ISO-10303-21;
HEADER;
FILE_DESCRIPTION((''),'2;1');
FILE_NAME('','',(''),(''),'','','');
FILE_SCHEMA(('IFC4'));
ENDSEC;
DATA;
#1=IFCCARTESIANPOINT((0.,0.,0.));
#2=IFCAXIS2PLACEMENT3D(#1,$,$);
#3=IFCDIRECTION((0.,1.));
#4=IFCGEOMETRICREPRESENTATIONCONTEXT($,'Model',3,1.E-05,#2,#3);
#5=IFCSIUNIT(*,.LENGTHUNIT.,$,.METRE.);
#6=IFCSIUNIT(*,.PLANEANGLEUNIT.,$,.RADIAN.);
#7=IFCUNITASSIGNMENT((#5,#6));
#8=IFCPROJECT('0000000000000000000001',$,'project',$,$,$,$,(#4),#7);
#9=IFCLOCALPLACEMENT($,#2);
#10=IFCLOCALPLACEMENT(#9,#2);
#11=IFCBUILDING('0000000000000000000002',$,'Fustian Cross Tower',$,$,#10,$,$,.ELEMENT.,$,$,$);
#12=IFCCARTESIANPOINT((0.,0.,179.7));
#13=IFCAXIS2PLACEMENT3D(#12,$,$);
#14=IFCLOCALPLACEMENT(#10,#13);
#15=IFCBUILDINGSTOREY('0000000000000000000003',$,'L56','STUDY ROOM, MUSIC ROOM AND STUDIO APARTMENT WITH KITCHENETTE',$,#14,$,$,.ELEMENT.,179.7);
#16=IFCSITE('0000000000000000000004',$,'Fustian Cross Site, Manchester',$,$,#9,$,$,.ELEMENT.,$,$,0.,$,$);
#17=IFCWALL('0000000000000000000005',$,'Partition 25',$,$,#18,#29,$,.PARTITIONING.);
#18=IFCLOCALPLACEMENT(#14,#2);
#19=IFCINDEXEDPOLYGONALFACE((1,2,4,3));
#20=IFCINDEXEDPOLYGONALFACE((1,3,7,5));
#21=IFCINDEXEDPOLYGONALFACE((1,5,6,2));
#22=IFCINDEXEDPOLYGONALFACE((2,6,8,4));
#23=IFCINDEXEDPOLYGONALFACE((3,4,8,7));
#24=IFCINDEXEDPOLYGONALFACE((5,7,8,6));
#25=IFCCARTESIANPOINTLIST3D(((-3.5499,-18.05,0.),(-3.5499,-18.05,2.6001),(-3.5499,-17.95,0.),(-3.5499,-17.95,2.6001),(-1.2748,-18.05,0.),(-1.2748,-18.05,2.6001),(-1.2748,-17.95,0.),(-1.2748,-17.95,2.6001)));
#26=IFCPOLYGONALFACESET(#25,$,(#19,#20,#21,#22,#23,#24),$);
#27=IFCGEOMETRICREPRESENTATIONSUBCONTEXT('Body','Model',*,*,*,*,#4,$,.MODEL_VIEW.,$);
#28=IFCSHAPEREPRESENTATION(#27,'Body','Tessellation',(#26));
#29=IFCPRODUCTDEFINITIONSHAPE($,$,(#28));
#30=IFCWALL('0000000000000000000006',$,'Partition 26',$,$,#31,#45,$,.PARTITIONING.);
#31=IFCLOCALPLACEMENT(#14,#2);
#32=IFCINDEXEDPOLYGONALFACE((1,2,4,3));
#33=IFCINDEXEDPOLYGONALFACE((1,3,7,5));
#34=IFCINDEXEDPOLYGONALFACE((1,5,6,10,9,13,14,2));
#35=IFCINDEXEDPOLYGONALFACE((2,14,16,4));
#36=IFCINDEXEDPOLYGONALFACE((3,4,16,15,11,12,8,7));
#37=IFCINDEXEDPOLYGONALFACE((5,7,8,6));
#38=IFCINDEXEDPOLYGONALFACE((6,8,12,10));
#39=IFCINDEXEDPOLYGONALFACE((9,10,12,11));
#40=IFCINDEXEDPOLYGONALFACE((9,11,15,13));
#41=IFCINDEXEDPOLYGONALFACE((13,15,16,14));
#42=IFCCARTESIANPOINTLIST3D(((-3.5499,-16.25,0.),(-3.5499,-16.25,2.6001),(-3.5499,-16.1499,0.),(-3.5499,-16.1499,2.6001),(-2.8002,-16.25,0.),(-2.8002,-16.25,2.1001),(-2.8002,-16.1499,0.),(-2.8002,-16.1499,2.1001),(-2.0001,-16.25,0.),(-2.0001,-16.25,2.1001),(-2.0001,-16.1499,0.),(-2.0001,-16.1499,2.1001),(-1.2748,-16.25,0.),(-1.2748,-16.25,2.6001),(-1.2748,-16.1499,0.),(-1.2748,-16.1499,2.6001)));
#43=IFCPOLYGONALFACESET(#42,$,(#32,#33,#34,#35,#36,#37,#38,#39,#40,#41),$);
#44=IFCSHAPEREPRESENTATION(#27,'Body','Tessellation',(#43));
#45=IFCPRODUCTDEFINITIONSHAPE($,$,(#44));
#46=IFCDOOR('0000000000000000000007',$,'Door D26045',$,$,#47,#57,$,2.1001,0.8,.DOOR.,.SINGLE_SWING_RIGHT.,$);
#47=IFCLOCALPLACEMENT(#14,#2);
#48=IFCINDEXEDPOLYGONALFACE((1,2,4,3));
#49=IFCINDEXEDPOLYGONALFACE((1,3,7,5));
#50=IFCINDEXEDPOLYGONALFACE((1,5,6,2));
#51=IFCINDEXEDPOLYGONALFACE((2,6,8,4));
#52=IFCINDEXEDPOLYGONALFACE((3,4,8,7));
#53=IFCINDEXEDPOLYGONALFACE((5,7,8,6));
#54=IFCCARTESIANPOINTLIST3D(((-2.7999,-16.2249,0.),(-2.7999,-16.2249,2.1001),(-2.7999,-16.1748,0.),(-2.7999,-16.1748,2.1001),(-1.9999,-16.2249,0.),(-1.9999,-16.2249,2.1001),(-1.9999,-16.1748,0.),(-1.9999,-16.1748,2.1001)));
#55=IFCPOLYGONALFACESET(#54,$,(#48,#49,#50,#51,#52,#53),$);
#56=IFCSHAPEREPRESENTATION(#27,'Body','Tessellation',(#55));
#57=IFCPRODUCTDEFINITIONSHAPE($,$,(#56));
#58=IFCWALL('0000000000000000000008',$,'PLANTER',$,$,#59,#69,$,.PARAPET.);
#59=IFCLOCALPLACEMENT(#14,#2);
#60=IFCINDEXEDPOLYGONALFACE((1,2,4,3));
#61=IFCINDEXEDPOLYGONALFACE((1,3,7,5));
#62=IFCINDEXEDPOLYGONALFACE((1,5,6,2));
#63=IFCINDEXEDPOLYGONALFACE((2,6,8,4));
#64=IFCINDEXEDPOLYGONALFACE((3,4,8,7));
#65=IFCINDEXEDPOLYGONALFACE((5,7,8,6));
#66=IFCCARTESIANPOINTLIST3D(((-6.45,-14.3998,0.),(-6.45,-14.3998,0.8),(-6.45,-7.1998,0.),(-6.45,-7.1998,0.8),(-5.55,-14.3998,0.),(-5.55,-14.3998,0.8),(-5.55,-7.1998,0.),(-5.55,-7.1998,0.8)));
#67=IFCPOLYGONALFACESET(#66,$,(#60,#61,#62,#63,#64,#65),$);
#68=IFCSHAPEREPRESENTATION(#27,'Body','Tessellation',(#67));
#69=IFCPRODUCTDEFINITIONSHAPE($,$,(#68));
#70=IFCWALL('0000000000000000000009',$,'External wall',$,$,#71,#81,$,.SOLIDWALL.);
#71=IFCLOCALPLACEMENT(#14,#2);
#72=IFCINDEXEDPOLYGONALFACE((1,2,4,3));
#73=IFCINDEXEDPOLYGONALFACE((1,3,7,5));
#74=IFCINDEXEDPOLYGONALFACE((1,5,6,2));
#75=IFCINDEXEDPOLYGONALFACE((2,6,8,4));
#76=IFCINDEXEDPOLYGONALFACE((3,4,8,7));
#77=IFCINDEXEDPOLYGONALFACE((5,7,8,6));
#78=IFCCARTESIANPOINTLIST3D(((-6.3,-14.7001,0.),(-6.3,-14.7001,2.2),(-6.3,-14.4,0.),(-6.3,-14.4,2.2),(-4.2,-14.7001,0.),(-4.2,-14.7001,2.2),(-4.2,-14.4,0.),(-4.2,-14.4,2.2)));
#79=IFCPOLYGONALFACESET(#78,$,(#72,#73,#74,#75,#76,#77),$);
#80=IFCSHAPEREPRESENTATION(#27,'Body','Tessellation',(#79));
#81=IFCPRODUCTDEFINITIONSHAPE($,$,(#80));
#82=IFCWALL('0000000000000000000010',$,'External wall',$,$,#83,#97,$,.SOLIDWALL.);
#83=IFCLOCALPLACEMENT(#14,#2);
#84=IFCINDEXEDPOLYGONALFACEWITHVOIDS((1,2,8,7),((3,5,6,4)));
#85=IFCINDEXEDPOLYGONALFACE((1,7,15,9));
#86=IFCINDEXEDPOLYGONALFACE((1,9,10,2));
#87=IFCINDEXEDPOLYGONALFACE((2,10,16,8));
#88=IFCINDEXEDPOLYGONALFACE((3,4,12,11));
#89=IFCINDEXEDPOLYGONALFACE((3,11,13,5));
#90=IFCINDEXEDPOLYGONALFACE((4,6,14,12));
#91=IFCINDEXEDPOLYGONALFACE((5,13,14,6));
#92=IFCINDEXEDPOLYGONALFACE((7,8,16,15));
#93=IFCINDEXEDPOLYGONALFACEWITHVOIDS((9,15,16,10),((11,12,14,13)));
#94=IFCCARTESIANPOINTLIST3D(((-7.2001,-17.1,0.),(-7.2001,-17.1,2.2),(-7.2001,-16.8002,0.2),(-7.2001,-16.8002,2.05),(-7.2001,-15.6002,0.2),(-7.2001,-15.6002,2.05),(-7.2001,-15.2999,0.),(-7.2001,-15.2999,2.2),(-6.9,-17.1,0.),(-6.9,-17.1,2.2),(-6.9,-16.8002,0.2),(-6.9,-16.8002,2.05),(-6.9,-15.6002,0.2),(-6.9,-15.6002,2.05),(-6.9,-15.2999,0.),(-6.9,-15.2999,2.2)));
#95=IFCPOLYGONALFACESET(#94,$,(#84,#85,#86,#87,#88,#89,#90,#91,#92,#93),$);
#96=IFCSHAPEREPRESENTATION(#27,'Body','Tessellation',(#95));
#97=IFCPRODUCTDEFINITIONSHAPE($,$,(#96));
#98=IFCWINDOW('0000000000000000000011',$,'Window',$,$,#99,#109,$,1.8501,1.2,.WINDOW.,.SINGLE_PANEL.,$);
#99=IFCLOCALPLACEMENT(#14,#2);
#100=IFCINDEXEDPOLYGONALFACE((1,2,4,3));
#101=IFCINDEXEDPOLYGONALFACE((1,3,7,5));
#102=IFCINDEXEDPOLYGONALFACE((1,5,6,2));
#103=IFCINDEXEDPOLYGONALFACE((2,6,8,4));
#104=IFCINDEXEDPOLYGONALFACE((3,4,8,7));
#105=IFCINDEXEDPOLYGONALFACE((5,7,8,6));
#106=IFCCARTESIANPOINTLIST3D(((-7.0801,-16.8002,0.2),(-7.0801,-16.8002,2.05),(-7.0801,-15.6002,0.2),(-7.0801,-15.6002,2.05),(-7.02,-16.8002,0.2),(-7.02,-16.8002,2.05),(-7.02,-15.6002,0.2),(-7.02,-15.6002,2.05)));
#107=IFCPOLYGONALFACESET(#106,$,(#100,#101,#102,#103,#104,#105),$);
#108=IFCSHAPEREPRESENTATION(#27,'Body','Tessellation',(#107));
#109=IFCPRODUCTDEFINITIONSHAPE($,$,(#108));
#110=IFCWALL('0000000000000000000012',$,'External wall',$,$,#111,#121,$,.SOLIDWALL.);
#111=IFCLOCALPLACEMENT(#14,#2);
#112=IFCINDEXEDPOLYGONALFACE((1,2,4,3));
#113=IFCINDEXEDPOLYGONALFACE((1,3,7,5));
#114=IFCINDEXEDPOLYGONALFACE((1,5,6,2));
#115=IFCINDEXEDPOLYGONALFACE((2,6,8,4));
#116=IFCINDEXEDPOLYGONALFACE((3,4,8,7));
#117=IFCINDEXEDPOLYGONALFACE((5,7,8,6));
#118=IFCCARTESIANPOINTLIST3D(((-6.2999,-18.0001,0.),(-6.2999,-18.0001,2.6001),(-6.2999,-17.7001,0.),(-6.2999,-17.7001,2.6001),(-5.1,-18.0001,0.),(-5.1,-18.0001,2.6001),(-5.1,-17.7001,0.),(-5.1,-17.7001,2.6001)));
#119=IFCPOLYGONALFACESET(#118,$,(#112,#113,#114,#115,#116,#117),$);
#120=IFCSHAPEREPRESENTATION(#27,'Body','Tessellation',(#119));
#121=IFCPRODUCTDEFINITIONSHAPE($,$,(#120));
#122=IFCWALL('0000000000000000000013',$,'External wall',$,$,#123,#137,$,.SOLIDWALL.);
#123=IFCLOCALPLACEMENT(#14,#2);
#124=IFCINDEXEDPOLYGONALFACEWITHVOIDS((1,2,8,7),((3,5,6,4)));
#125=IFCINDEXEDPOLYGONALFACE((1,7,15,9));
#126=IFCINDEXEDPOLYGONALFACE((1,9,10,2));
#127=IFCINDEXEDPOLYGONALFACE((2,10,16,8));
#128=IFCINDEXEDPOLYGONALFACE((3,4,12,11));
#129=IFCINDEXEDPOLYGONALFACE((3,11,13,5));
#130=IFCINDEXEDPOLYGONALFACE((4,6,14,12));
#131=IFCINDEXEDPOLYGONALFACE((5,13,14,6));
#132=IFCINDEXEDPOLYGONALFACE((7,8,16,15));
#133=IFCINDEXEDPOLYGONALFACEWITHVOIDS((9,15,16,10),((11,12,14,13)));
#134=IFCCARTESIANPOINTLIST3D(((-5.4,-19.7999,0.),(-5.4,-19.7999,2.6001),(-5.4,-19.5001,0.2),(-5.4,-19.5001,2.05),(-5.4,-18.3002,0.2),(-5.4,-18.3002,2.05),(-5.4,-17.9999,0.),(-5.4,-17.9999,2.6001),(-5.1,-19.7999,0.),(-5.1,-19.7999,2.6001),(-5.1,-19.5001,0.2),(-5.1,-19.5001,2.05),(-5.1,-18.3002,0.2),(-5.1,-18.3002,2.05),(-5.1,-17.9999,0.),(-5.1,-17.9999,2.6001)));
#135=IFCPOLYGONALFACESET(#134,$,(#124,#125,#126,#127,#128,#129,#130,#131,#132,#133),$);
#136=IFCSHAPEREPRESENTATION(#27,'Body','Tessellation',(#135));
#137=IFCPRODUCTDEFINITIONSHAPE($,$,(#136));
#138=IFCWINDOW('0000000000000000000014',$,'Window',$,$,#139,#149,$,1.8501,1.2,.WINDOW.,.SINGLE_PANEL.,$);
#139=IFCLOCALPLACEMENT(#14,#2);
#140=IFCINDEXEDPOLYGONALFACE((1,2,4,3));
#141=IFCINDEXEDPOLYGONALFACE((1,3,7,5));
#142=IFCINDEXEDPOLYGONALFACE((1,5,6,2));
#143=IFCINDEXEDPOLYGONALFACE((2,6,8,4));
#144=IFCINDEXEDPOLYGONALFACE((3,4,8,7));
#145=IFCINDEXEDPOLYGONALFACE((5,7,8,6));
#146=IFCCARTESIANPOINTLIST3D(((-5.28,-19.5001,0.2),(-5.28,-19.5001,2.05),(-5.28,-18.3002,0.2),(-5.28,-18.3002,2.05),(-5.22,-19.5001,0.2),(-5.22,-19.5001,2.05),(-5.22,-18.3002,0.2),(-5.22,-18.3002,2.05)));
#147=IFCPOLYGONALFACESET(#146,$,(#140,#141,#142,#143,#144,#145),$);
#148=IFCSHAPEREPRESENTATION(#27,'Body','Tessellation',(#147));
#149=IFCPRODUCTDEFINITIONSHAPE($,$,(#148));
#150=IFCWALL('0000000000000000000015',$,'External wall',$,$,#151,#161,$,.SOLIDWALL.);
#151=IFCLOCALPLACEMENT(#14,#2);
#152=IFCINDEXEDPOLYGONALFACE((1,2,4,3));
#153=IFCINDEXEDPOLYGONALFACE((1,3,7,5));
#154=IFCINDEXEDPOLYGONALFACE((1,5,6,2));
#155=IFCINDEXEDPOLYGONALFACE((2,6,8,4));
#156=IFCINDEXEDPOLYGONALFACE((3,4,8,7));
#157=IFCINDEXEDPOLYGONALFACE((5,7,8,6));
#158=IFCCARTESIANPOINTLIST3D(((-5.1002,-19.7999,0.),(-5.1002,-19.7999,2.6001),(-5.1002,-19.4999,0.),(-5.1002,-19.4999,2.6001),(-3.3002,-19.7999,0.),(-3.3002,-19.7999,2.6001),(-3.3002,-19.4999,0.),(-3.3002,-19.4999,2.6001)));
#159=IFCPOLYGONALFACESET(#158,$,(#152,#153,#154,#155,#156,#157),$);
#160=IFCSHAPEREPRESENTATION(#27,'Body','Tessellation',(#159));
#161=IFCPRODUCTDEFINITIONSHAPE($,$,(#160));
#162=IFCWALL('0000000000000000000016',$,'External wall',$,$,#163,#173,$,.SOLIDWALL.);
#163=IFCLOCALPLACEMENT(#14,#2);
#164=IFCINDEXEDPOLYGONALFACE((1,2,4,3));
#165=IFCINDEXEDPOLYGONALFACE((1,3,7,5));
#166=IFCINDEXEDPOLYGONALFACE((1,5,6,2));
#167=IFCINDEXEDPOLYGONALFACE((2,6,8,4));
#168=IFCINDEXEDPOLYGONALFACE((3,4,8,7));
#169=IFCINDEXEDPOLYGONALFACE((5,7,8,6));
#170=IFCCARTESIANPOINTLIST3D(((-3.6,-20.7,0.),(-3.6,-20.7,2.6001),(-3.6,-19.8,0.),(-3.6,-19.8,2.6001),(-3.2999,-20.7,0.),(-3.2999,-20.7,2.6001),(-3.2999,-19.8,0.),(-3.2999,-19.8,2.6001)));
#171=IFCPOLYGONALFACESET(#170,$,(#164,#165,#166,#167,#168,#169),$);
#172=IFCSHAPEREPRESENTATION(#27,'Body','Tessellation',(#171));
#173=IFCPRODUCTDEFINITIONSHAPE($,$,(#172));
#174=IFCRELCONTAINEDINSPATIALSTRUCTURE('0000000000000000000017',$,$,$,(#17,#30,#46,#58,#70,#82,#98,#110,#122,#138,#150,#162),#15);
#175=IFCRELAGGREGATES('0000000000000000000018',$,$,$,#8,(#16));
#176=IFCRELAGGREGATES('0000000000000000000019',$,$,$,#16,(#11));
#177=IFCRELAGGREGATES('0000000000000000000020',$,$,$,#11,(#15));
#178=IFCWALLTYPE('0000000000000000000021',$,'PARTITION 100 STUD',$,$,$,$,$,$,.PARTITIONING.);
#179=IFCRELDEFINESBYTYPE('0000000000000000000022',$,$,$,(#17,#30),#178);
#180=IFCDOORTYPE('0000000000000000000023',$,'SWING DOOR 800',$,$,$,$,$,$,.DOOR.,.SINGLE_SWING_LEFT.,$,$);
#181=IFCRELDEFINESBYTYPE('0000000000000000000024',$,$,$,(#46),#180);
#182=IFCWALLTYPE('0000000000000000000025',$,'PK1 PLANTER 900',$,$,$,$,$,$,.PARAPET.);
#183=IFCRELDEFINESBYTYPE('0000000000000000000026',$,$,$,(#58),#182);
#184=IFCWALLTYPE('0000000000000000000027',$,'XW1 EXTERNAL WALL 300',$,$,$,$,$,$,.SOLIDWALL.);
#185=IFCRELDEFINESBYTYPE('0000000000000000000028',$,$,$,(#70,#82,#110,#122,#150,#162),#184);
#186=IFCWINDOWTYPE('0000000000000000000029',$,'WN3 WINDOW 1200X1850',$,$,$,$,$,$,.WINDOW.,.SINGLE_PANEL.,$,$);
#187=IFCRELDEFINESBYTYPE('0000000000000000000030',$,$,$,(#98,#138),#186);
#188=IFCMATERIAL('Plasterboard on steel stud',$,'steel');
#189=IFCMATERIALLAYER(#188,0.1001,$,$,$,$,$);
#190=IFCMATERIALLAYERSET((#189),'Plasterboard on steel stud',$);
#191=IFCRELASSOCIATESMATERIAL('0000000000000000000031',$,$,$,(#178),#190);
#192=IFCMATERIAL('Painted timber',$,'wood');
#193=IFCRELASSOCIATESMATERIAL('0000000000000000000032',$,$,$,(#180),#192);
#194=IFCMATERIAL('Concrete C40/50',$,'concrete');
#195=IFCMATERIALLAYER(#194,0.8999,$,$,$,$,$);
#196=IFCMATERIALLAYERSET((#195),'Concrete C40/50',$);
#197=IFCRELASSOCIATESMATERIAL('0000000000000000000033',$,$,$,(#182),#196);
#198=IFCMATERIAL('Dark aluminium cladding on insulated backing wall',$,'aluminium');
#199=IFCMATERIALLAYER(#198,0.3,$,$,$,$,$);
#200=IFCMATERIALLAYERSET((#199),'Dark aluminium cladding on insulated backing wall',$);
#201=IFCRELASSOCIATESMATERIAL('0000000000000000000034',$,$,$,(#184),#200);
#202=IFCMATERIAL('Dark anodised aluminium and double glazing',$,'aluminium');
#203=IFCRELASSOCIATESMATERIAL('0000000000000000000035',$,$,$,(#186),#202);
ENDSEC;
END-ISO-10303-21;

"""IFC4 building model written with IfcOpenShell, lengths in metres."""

from ifc_helpers import new_model, si_unit, direction, frame, frame_2d, origin, place, context, subcontext, project, spatial, rectangle, extrude, material, layer, layer_set, type_object, element, fill, save


model = new_model("IFC4")

# Units and contexts
model_context = context("Model", 3, precision=1e-05, world=origin(), true_north=direction((0.0, 1.0)))
body_context = subcontext(model_context, "Body", "Model", "MODEL_VIEW")
ifc_project = project(units=[si_unit("LENGTHUNIT", "METRE"), si_unit("PLANEANGLEUNIT", "RADIAN")], contexts=[model_context])

# Site, building, storey
site_placement = place(None, origin())
site = spatial("IfcSite", under=ifc_project, at=site_placement, Name="Fustian Cross Site, Manchester", CompositionType="ELEMENT", RefElevation=0.0)
building_placement = place(site_placement, origin())
building = spatial("IfcBuilding", under=site, at=building_placement, Name="Fustian Cross Tower", CompositionType="ELEMENT")
storey_placement = place(building_placement, frame((0.0, 0.0, 179.7)))
storey = spatial("IfcBuildingStorey", under=building, at=storey_placement, Name="L56", Description="STUDY ROOM, MUSIC ROOM AND STUDIO APARTMENT WITH KITCHENETTE", CompositionType="ELEMENT", Elevation=179.7)

# Wall
ifc_material_1 = material(Name="Plasterboard on steel stud", Category="steel")
ifc_layer_1 = layer(ifc_material_1, 0.1001)
ifc_layer_set_1 = layer_set([ifc_layer_1], Name="Plasterboard on steel stud")
wall_type_1 = type_object("IfcWallType", Name="PARTITION 100 STUD", PredefinedType="PARTITIONING", material=ifc_layer_set_1)
wall_1_placement = place(storey_placement, frame((-3.55, -18.0, 0.0), z_axis=(0.0, 0.0, 1.0), x_axis=(1.0, 0.0, 0.0)))
element("IfcWall", 1, at=wall_1_placement, inside=storey, type_object=wall_type_1, Name="Partition 25", PredefinedType="PARTITIONING", context=body_context, shape_type="SweptSolid", body=[
    extrude(rectangle(XDim=2.2751, YDim=0.1001, at=frame_2d((1.1377, 0.0))), origin(), (0.0, 0.0, 1.0), 2.6001),
])

# Wall, opening, door
wall_2_placement = place(storey_placement, frame((-3.55, -16.2, 0.0), z_axis=(0.0, 0.0, 1.0), x_axis=(1.0, 0.0, 0.0)))
wall_2 = element("IfcWall", 2, at=wall_2_placement, inside=storey, type_object=wall_type_1, Name="Partition 26", PredefinedType="PARTITIONING", context=body_context, shape_type="SweptSolid", body=[
    extrude(rectangle(XDim=2.2751, YDim=0.1001, at=frame_2d((1.1377, 0.0))), origin(), (0.0, 0.0, 1.0), 2.6001),
])
opening_1_placement = place(wall_2_placement, frame((0.75, 0.0, 0.0)))
opening_1 = element("IfcOpeningElement", 3, at=opening_1_placement, cuts=wall_2, PredefinedType="OPENING", context=body_context, shape_type="SweptSolid", body=[
    extrude(rectangle(XDim=0.8, YDim=2.1001, at=frame_2d((0.3999, 1.05))), frame((0.0, 0.0601, 0.0), z_axis=(0.0, -1.0, 0.0), x_axis=(1.0, 0.0, 0.0)), (0.0, 0.0, 1.0), 0.1201),
])
ifc_material_2 = material(Name="Painted timber", Category="wood")
door_type = type_object("IfcDoorType", Name="SWING DOOR 800", OperationType="SINGLE_SWING_LEFT", PredefinedType="DOOR", material=ifc_material_2)
door_placement = place(opening_1_placement, frame((0.8, 0.0, 0.0), z_axis=(0.0, 0.0, 1.0), x_axis=(-1.0, 0.0, 0.0)))
door = element("IfcDoor", 4, at=door_placement, inside=storey, type_object=door_type, Name="Door D26045", OperationType="SINGLE_SWING_RIGHT", OverallHeight=2.1001, OverallWidth=0.8, PredefinedType="DOOR", context=body_context, shape_type="SweptSolid", body=[
    extrude(rectangle(XDim=0.8, YDim=2.1001, at=frame_2d((0.3999, 1.05))), frame((0.0, 0.0249, 0.0), z_axis=(0.0, -1.0, 0.0), x_axis=(1.0, 0.0, 0.0)), (0.0, 0.0, 1.0), 0.05),
])
fill(opening_1, door)

# Walls
ifc_material_3 = material(Name="Concrete C40/50", Category="concrete")
ifc_layer_2 = layer(ifc_material_3, 0.8999)
ifc_layer_set_2 = layer_set([ifc_layer_2], Name="Concrete C40/50")
wall_type_2 = type_object("IfcWallType", Name="PK1 PLANTER 900", PredefinedType="PARAPET", material=ifc_layer_set_2)
wall_3_placement = place(storey_placement, frame((-6.0, -14.3999, 0.0), z_axis=(0.0, 0.0, 1.0), x_axis=(0.0, 1.0, 0.0)))
element("IfcWall", 5, at=wall_3_placement, inside=storey, type_object=wall_type_2, Name="PLANTER", PredefinedType="PARAPET", context=body_context, shape_type="SweptSolid", body=[
    extrude(rectangle(XDim=7.2, YDim=0.8999, at=frame_2d((3.6001, 0.0))), origin(), (0.0, 0.0, 1.0), 0.8),
])
ifc_material_4 = material(Name="Dark aluminium cladding on insulated backing wall", Category="aluminium")
ifc_layer_3 = layer(ifc_material_4, 0.3)
ifc_layer_set_3 = layer_set([ifc_layer_3], Name="Dark aluminium cladding on insulated backing wall")
wall_type_3 = type_object("IfcWallType", Name="XW1 EXTERNAL WALL 300", PredefinedType="SOLIDWALL", material=ifc_layer_set_3)
wall_4_placement = place(storey_placement, frame((-4.2, -14.55, 0.0), z_axis=(0.0, 0.0, 1.0), x_axis=(-1.0, 0.0, 0.0)))
element("IfcWall", 6, at=wall_4_placement, inside=storey, type_object=wall_type_3, Name="External wall", PredefinedType="SOLIDWALL", context=body_context, shape_type="SweptSolid", body=[
    extrude(rectangle(XDim=2.1001, YDim=0.3, at=frame_2d((1.05, 0.0))), origin(), (0.0, 0.0, 1.0), 2.2),
])

# Wall, opening, window
wall_5_placement = place(storey_placement, frame((-7.05, -15.3, 0.0), z_axis=(0.0, 0.0, 1.0), x_axis=(0.0, -1.0, 0.0)))
wall_5 = element("IfcWall", 7, at=wall_5_placement, inside=storey, type_object=wall_type_3, Name="External wall", PredefinedType="SOLIDWALL", context=body_context, shape_type="SweptSolid", body=[
    extrude(rectangle(XDim=1.8, YDim=0.3, at=frame_2d((0.8999, 0.0))), origin(), (0.0, 0.0, 1.0), 2.2),
])
opening_2_placement = place(wall_5_placement, frame((0.3, 0.0, 0.2)))
opening_2 = element("IfcOpeningElement", 8, at=opening_2_placement, cuts=wall_5, PredefinedType="OPENING", context=body_context, shape_type="SweptSolid", body=[
    extrude(rectangle(XDim=1.2, YDim=1.8501, at=frame_2d((0.6001, 0.925))), frame((0.0, 0.1599, 0.0), z_axis=(0.0, -1.0, 0.0), x_axis=(1.0, 0.0, 0.0)), (0.0, 0.0, 1.0), 0.3201),
])
ifc_material_5 = material(Name="Dark anodised aluminium and double glazing", Category="aluminium")
window_type = type_object("IfcWindowType", Name="WN3 WINDOW 1200X1850", PartitioningType="SINGLE_PANEL", PredefinedType="WINDOW", material=ifc_material_5)
window_1_placement = place(opening_2_placement, origin())
window_1 = element("IfcWindow", 9, at=window_1_placement, inside=storey, type_object=window_type, Name="Window", OverallHeight=1.8501, OverallWidth=1.2, PartitioningType="SINGLE_PANEL", PredefinedType="WINDOW", context=body_context, shape_type="SweptSolid", body=[
    extrude(rectangle(XDim=1.2, YDim=1.8501, at=frame_2d((0.6001, 0.925))), frame((0.0, 0.03, 0.0), z_axis=(0.0, -1.0, 0.0), x_axis=(1.0, 0.0, 0.0)), (0.0, 0.0, 1.0), 0.0601),
])
fill(opening_2, window_1)

# Wall
wall_6_placement = place(storey_placement, frame((-6.3, -17.8501, 0.0), z_axis=(0.0, 0.0, 1.0), x_axis=(1.0, 0.0, 0.0)))
element("IfcWall", 10, at=wall_6_placement, inside=storey, type_object=wall_type_3, Name="External wall", PredefinedType="SOLIDWALL", context=body_context, shape_type="SweptSolid", body=[
    extrude(rectangle(XDim=1.2, YDim=0.3, at=frame_2d((0.6001, 0.0))), origin(), (0.0, 0.0, 1.0), 2.6001),
])

# Wall, opening, window
wall_7_placement = place(storey_placement, frame((-5.25, -18.0, 0.0), z_axis=(0.0, 0.0, 1.0), x_axis=(0.0, -1.0, 0.0)))
wall_7 = element("IfcWall", 11, at=wall_7_placement, inside=storey, type_object=wall_type_3, Name="External wall", PredefinedType="SOLIDWALL", context=body_context, shape_type="SweptSolid", body=[
    extrude(rectangle(XDim=1.8, YDim=0.3, at=frame_2d((0.8999, 0.0))), origin(), (0.0, 0.0, 1.0), 2.6001),
])
opening_3_placement = place(wall_7_placement, frame((0.3, 0.0, 0.2)))
opening_3 = element("IfcOpeningElement", 12, at=opening_3_placement, cuts=wall_7, PredefinedType="OPENING", context=body_context, shape_type="SweptSolid", body=[
    extrude(rectangle(XDim=1.2, YDim=1.8501, at=frame_2d((0.6001, 0.925))), frame((0.0, 0.1599, 0.0), z_axis=(0.0, -1.0, 0.0), x_axis=(1.0, 0.0, 0.0)), (0.0, 0.0, 1.0), 0.3201),
])
window_2_placement = place(opening_3_placement, origin())
window_2 = element("IfcWindow", 13, at=window_2_placement, inside=storey, type_object=window_type, Name="Window", OverallHeight=1.8501, OverallWidth=1.2, PartitioningType="SINGLE_PANEL", PredefinedType="WINDOW", context=body_context, shape_type="SweptSolid", body=[
    extrude(rectangle(XDim=1.2, YDim=1.8501, at=frame_2d((0.6001, 0.925))), frame((0.0, 0.03, 0.0), z_axis=(0.0, -1.0, 0.0), x_axis=(1.0, 0.0, 0.0)), (0.0, 0.0, 1.0), 0.0601),
])
fill(opening_3, window_2)

# Walls
wall_8_placement = place(storey_placement, frame((-5.1001, -19.6499, 0.0), z_axis=(0.0, 0.0, 1.0), x_axis=(1.0, 0.0, 0.0)))
element("IfcWall", 14, at=wall_8_placement, inside=storey, type_object=wall_type_3, Name="External wall", PredefinedType="SOLIDWALL", context=body_context, shape_type="SweptSolid", body=[
    extrude(rectangle(XDim=1.8, YDim=0.3, at=frame_2d((0.8999, 0.0))), origin(), (0.0, 0.0, 1.0), 2.6001),
])
wall_9_placement = place(storey_placement, frame((-3.45, -19.8, 0.0), z_axis=(0.0, 0.0, 1.0), x_axis=(0.0, -1.0, 0.0)))
element("IfcWall", 15, at=wall_9_placement, inside=storey, type_object=wall_type_3, Name="External wall", PredefinedType="SOLIDWALL", context=body_context, shape_type="SweptSolid", body=[
    extrude(rectangle(XDim=0.8999, YDim=0.3, at=frame_2d((0.45, 0.0))), origin(), (0.0, 0.0, 1.0), 2.6001),
])

save(model, "model.ifc")
